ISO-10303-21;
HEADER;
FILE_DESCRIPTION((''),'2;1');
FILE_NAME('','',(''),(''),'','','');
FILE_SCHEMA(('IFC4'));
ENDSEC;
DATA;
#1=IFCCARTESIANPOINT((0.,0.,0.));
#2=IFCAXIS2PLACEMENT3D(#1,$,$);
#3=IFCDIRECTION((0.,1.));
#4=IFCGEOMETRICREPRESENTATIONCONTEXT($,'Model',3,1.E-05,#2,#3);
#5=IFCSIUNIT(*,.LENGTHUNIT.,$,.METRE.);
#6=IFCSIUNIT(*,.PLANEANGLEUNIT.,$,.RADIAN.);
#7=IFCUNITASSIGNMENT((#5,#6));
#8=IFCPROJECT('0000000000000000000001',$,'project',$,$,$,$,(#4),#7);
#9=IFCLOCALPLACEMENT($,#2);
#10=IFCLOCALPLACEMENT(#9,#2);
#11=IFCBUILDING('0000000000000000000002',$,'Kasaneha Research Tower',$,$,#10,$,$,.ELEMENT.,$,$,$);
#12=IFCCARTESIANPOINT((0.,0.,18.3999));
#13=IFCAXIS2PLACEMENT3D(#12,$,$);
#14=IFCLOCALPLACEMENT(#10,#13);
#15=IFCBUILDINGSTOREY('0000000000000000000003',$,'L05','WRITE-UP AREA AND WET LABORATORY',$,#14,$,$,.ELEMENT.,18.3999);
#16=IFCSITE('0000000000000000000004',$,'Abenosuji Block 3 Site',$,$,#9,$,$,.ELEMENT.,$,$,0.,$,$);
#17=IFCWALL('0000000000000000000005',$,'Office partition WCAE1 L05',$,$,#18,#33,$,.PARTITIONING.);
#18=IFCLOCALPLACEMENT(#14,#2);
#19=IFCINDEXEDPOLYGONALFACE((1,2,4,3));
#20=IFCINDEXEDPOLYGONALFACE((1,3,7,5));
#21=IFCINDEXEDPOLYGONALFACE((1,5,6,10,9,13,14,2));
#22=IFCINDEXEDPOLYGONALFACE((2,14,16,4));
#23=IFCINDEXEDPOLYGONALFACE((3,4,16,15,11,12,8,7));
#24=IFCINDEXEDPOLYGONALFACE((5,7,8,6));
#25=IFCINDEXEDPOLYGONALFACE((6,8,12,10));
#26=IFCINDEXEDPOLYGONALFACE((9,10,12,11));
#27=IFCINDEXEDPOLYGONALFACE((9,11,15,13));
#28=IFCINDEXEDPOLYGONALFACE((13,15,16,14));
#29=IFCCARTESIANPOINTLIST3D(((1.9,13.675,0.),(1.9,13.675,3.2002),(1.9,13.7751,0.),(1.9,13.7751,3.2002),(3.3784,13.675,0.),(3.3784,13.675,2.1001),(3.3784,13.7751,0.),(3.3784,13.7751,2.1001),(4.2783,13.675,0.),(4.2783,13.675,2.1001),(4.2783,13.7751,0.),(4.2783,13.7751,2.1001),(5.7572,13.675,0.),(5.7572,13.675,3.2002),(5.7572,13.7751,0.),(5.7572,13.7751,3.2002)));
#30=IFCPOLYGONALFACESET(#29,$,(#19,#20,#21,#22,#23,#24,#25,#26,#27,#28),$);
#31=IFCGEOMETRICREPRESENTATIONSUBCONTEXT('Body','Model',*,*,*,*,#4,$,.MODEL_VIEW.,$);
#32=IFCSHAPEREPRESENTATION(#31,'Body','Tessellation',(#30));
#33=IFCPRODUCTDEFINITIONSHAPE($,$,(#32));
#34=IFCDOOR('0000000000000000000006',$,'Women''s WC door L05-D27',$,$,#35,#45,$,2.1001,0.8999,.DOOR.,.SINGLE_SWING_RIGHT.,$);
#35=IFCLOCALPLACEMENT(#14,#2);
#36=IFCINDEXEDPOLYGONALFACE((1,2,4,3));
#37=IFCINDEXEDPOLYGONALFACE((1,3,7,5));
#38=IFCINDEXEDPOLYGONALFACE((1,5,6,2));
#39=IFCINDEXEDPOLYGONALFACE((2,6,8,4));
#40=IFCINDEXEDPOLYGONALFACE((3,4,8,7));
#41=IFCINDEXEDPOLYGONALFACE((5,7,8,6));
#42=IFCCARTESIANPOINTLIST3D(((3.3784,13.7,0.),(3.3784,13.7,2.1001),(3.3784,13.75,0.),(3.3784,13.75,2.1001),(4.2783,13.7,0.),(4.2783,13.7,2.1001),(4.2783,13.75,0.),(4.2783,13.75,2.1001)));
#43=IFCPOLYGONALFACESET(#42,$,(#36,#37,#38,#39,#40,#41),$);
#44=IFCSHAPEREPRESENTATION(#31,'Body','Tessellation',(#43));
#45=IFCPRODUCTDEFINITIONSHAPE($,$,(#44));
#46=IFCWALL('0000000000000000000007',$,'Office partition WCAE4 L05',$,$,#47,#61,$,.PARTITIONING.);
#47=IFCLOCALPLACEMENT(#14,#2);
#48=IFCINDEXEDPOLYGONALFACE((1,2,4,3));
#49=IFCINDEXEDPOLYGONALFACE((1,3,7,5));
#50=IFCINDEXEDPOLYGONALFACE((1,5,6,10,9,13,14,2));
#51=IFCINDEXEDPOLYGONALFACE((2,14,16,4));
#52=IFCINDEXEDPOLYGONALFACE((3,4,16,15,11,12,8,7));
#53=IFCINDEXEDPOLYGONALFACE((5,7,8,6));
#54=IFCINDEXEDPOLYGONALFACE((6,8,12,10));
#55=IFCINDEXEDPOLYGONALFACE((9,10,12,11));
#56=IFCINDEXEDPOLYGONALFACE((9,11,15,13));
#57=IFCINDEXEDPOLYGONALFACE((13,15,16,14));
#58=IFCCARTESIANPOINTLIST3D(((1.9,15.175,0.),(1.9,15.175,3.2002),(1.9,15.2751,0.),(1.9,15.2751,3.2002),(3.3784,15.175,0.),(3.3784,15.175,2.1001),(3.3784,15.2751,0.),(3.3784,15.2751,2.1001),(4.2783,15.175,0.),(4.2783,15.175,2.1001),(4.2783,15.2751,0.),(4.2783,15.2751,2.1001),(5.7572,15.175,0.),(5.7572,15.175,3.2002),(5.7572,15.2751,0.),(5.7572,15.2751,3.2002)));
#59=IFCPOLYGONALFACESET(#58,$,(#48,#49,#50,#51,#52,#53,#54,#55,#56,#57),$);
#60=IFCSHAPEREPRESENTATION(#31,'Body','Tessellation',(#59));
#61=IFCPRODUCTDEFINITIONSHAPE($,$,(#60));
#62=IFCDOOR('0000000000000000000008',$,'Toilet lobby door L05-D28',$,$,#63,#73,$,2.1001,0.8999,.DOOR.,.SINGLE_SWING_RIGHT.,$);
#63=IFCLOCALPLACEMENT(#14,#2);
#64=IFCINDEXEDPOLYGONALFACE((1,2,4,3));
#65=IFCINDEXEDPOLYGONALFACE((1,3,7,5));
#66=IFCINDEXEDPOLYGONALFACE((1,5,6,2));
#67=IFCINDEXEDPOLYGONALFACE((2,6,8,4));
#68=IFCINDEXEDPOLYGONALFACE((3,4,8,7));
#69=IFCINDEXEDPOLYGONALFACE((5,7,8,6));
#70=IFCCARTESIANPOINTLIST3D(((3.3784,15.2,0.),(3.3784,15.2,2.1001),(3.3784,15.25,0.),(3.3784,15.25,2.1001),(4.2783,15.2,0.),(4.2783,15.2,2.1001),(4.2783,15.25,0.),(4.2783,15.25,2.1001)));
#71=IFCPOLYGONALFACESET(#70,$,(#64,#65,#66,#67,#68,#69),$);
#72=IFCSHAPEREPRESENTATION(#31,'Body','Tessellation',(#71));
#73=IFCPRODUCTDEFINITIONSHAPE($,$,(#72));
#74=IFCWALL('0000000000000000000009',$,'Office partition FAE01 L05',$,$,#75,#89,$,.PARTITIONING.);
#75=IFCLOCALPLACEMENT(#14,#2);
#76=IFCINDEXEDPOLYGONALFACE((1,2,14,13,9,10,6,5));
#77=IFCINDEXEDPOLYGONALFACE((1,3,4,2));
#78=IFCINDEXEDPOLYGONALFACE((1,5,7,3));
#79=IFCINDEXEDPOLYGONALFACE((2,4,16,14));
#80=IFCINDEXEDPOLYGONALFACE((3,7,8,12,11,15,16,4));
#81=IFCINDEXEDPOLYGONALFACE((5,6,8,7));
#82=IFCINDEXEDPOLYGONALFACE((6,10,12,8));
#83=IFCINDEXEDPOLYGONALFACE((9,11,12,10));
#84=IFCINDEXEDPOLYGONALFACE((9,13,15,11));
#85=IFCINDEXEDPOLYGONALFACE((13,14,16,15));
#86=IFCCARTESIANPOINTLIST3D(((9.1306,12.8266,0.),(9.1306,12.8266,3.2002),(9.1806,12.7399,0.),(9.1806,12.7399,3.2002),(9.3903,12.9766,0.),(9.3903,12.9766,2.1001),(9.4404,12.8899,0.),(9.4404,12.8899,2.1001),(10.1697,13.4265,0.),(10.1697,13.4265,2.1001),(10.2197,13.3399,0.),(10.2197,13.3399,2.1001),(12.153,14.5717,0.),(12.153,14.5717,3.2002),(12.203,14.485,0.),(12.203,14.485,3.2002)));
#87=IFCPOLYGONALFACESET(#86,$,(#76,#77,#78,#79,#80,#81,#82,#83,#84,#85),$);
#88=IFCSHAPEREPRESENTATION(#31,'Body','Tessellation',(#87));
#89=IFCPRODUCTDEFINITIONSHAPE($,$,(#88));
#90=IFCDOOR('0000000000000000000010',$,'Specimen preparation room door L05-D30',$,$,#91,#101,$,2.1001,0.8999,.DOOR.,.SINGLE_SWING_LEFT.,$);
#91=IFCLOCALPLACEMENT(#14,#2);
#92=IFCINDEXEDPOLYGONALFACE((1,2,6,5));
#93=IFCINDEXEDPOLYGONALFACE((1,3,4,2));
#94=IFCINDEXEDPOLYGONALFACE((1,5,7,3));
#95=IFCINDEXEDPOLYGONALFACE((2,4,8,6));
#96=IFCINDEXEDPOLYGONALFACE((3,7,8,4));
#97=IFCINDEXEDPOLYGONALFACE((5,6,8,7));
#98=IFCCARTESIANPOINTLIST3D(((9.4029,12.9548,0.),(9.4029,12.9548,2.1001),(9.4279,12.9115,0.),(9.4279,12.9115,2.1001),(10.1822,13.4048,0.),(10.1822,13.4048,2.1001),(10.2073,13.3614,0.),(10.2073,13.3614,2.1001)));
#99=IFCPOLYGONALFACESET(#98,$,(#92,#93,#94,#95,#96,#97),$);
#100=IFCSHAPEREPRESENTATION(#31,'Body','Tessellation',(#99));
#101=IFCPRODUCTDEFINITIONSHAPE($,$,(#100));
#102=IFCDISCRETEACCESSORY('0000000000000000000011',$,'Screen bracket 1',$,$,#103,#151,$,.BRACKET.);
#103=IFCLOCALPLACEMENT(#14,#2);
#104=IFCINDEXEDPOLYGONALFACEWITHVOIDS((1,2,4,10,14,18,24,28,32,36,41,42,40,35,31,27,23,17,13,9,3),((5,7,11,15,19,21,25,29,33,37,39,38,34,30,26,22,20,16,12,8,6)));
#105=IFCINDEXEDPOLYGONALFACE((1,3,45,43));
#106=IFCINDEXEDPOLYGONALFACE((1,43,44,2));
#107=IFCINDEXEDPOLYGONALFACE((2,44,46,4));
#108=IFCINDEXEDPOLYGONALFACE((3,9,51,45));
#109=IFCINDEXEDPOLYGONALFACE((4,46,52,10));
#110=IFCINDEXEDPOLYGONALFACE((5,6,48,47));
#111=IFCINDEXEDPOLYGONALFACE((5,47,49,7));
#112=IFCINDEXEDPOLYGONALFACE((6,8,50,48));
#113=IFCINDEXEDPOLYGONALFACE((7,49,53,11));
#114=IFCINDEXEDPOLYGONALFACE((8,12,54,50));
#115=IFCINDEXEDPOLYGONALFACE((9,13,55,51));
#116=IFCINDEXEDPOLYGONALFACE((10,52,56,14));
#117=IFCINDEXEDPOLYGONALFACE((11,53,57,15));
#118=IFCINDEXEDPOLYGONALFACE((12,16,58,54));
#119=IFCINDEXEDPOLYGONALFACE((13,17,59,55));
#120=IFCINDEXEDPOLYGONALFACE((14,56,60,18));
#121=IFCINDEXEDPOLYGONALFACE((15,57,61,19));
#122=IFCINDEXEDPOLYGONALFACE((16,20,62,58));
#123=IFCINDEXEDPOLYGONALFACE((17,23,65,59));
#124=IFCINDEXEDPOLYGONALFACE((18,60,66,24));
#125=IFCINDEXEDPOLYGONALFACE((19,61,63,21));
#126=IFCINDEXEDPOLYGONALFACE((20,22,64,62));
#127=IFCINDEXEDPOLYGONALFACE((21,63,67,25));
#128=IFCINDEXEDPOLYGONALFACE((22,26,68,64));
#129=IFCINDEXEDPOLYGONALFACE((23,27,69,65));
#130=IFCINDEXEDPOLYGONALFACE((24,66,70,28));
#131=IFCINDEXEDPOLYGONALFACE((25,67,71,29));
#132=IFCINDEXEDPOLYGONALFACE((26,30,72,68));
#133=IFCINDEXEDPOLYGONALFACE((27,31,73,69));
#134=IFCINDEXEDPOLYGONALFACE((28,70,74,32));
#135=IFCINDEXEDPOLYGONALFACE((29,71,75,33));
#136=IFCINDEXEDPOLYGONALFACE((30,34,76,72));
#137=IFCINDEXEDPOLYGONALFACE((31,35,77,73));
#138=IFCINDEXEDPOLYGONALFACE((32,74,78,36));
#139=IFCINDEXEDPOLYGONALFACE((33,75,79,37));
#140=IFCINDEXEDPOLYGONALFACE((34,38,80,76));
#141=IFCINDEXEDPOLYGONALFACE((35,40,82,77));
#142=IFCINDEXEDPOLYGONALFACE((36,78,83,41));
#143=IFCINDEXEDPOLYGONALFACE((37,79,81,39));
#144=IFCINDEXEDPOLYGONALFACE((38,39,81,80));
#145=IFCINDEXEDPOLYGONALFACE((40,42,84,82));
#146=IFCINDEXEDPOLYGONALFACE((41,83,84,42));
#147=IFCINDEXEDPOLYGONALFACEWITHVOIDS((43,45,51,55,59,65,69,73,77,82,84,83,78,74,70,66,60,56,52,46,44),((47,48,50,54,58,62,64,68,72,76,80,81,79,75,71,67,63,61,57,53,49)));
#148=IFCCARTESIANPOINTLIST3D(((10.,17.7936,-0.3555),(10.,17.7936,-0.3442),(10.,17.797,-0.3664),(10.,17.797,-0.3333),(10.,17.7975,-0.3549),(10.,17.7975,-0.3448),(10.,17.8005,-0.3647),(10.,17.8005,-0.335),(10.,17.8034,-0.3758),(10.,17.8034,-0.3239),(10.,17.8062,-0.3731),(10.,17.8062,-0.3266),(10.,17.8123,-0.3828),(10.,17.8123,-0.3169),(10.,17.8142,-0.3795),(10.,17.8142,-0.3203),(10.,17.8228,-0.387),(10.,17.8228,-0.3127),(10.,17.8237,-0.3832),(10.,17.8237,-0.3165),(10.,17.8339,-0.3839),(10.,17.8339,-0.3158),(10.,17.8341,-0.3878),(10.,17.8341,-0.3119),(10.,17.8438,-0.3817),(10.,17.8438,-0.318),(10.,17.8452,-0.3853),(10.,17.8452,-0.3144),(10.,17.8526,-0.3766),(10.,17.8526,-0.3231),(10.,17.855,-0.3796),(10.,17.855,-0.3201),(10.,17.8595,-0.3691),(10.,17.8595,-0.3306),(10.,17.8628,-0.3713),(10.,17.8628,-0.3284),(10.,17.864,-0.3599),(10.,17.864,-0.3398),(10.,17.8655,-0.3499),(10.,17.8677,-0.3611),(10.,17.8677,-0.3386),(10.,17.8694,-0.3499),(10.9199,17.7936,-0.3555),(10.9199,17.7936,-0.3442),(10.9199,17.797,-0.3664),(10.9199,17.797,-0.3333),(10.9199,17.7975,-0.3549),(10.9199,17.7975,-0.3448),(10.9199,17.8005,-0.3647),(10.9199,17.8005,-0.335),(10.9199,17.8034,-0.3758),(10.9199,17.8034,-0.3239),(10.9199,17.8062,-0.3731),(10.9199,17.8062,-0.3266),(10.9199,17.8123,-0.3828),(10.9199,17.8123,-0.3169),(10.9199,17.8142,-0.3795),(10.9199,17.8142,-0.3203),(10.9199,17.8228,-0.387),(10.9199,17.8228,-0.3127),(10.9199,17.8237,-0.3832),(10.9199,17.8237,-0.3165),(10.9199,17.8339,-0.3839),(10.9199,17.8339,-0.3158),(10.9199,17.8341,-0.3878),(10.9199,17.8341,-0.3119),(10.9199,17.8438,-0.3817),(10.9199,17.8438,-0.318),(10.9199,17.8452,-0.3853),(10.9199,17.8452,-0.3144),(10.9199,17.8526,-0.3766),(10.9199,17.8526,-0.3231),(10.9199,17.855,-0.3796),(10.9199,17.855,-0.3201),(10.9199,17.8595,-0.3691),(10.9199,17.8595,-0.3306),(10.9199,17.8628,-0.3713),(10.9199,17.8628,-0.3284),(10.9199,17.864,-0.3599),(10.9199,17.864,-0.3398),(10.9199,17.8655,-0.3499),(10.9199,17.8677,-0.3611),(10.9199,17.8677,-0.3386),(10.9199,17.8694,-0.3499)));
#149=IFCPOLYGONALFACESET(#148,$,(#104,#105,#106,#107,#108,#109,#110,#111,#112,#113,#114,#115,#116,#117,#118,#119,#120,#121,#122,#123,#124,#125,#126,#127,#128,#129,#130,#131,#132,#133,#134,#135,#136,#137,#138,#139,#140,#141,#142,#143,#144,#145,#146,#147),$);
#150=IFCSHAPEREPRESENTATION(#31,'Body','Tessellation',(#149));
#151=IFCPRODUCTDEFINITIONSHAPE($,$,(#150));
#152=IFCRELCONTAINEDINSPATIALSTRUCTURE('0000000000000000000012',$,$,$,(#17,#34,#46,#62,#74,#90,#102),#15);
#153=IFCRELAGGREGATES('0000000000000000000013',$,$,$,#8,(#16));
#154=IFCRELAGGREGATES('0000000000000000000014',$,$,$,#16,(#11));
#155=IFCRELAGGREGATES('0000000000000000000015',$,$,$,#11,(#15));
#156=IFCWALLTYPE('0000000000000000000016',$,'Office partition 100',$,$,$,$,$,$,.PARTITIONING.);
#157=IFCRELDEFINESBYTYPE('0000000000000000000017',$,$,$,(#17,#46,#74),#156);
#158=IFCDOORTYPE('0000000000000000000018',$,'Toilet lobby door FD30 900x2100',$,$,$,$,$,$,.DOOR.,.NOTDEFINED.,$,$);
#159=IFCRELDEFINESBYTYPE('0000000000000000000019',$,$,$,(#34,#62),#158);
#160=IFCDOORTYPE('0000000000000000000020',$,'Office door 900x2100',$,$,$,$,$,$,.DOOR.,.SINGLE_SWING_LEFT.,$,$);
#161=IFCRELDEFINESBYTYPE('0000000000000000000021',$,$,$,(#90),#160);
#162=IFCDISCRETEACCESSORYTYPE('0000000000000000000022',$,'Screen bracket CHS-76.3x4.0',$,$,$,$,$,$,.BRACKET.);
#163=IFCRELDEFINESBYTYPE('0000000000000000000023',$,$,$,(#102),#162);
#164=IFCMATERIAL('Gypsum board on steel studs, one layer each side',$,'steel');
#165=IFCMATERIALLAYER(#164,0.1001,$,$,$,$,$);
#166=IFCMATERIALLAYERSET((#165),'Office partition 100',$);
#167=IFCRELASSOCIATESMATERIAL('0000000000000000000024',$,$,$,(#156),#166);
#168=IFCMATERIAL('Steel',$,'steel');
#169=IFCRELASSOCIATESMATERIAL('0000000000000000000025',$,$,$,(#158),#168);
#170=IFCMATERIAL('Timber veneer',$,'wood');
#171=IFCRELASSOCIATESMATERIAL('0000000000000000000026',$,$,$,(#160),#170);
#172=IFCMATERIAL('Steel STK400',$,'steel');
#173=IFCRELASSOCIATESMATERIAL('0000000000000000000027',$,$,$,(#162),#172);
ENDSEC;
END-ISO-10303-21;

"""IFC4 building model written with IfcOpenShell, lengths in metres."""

from ifc_helpers import new_model, si_unit, direction, frame, frame_2d, origin, origin_2d, place, context, subcontext, project, spatial, rectangle, hollow_circle, extrude, material, layer, layer_set, material_profile, profile_set, type_object, element, fill, save


model = new_model("IFC4")

# Units and contexts
model_context = context("Model", 3, precision=1e-05, world=origin(), true_north=direction((0.0, 1.0)))
body_context = subcontext(model_context, "Body", "Model", "MODEL_VIEW")
ifc_project = project(units=[si_unit("LENGTHUNIT", "METRE"), si_unit("PLANEANGLEUNIT", "RADIAN")], contexts=[model_context])

# Site, building, storey
site_placement = place(None, origin())
site = spatial("IfcSite", under=ifc_project, at=site_placement, Name="Abenosuji Block 3 Site", CompositionType="ELEMENT", RefElevation=0.0)
building_placement = place(site_placement, origin())
building = spatial("IfcBuilding", under=site, at=building_placement, Name="Kasaneha Research Tower", CompositionType="ELEMENT")
storey_placement = place(building_placement, frame((0.0, 0.0, 18.3999)))
storey = spatial("IfcBuildingStorey", under=building, at=storey_placement, Name="L05", Description="WRITE-UP AREA AND WET LABORATORY", CompositionType="ELEMENT", Elevation=18.3999)

# Walls, openings, doors
ifc_material_1 = material(Name="Gypsum board on steel studs, one layer each side", Category="steel")
ifc_layer_1 = layer(ifc_material_1, 0.1001)
ifc_layer_set_1 = layer_set([ifc_layer_1], Name="Office partition 100")
wall_type_1 = type_object("IfcWallType", Name="Office partition 100", PredefinedType="PARTITIONING", material=ifc_layer_set_1)
wall_1_placement = place(storey_placement, frame((1.8999, 13.7251, 0.0), z_axis=(0.0, 0.0, 1.0), x_axis=(1.0, 0.0, 0.0)))
wall_1 = element("IfcWall", 1, at=wall_1_placement, inside=storey, type_object=wall_type_1, Name="Office partition WCAE1 L05", PredefinedType="PARTITIONING", context=body_context, shape_type="SweptSolid", body=[
    extrude(rectangle(XDim=3.8572, YDim=0.1001, at=frame_2d((1.9287, 0.0))), origin(), (0.0, 0.0, 1.0), 3.2002),
])
opening_1_placement = place(wall_1_placement, frame((1.4785, 0.0, 0.0)))
opening_1 = element("IfcOpeningElement", 2, at=opening_1_placement, cuts=wall_1, PredefinedType="OPENING", context=body_context, shape_type="SweptSolid", body=[
    extrude(rectangle(XDim=0.8999, YDim=2.1001, at=frame_2d((0.45, 1.05))), frame((0.0, 0.0601, 0.0), z_axis=(0.0, -1.0, 0.0), x_axis=(1.0, 0.0, 0.0)), (0.0, 0.0, 1.0), 0.1201),
])
ifc_material_2 = material(Name="Steel", Category="steel")
door_type_1 = type_object("IfcDoorType", Name="Toilet lobby door FD30 900x2100", OperationType="NOTDEFINED", PredefinedType="DOOR", material=ifc_material_2)
door_1_placement = place(opening_1_placement, origin())
door_1 = element("IfcDoor", 3, at=door_1_placement, inside=storey, type_object=door_type_1, Name="Women's WC door L05-D27", OperationType="SINGLE_SWING_RIGHT", OverallHeight=2.1001, OverallWidth=0.8999, PredefinedType="DOOR", context=body_context, shape_type="SweptSolid", body=[
    extrude(rectangle(XDim=0.8999, YDim=2.1001, at=frame_2d((0.45, 1.05))), frame((0.0, 0.0249, 0.0), z_axis=(0.0, -1.0, 0.0), x_axis=(1.0, 0.0, 0.0)), (0.0, 0.0, 1.0), 0.05),
])
fill(opening_1, door_1)
wall_2_placement = place(storey_placement, frame((1.8999, 15.2251, 0.0), z_axis=(0.0, 0.0, 1.0), x_axis=(1.0, 0.0, 0.0)))
wall_2 = element("IfcWall", 4, at=wall_2_placement, inside=storey, type_object=wall_type_1, Name="Office partition WCAE4 L05", PredefinedType="PARTITIONING", context=body_context, shape_type="SweptSolid", body=[
    extrude(rectangle(XDim=3.8572, YDim=0.1001, at=frame_2d((1.9287, 0.0))), origin(), (0.0, 0.0, 1.0), 3.2002),
])
opening_2_placement = place(wall_2_placement, frame((1.4785, 0.0, 0.0)))
opening_2 = element("IfcOpeningElement", 5, at=opening_2_placement, cuts=wall_2, PredefinedType="OPENING", context=body_context, shape_type="SweptSolid", body=[
    extrude(rectangle(XDim=0.8999, YDim=2.1001, at=frame_2d((0.45, 1.05))), frame((0.0, 0.0601, 0.0), z_axis=(0.0, -1.0, 0.0), x_axis=(1.0, 0.0, 0.0)), (0.0, 0.0, 1.0), 0.1201),
])
door_2_placement = place(opening_2_placement, origin())
door_2 = element("IfcDoor", 6, at=door_2_placement, inside=storey, type_object=door_type_1, Name="Toilet lobby door L05-D28", OperationType="SINGLE_SWING_RIGHT", OverallHeight=2.1001, OverallWidth=0.8999, PredefinedType="DOOR", context=body_context, shape_type="SweptSolid", body=[
    extrude(rectangle(XDim=0.8999, YDim=2.1001, at=frame_2d((0.45, 1.05))), frame((0.0, 0.0249, 0.0), z_axis=(0.0, -1.0, 0.0), x_axis=(1.0, 0.0, 0.0)), (0.0, 0.0, 1.0), 0.05),
])
fill(opening_2, door_2)
wall_3_placement = place(storey_placement, frame((9.1555, 12.7832, 0.0), z_axis=(0.0, 0.0, 1.0), x_axis=(0.866013, 0.500021, 0.0)))
wall_3 = element("IfcWall", 7, at=wall_3_placement, inside=storey, type_object=wall_type_1, Name="Office partition FAE01 L05", PredefinedType="PARTITIONING", context=body_context, shape_type="SweptSolid", body=[
    extrude(rectangle(XDim=3.49, YDim=0.1001, at=frame_2d((1.7451, 0.0))), origin(), (0.0, 0.0, 1.0), 3.2002),
])
opening_3_placement = place(wall_3_placement, frame((0.3, 0.0, 0.0)))
opening_3 = element("IfcOpeningElement", 8, at=opening_3_placement, cuts=wall_3, PredefinedType="OPENING", context=body_context, shape_type="SweptSolid", body=[
    extrude(rectangle(XDim=0.8999, YDim=2.1001, at=frame_2d((0.45, 1.05))), frame((0.0, 0.0601, 0.0), z_axis=(0.0, -1.0, 0.0), x_axis=(1.0, 0.0, 0.0)), (0.0, 0.0, 1.0), 0.1201),
])
ifc_material_3 = material(Name="Timber veneer", Category="wood")
door_type_2 = type_object("IfcDoorType", Name="Office door 900x2100", OperationType="SINGLE_SWING_LEFT", PredefinedType="DOOR", material=ifc_material_3)
door_3_placement = place(opening_3_placement, origin())
door_3 = element("IfcDoor", 9, at=door_3_placement, inside=storey, type_object=door_type_2, Name="Specimen preparation room door L05-D30", OperationType="SINGLE_SWING_LEFT", OverallHeight=2.1001, OverallWidth=0.8999, PredefinedType="DOOR", context=body_context, shape_type="SweptSolid", body=[
    extrude(rectangle(XDim=0.8999, YDim=2.1001, at=frame_2d((0.45, 1.05))), frame((0.0, 0.0249, 0.0), z_axis=(0.0, -1.0, 0.0), x_axis=(1.0, 0.0, 0.0)), (0.0, 0.0, 1.0), 0.05),
])
fill(opening_3, door_3)

# Discrete accessory
ifc_material_4 = material(Name="Steel STK400", Category="steel")
ifc_material_profile_1 = material_profile(ifc_material_4, hollow_circle(Radius=0.0381, WallThickness=0.0039, at=origin_2d()), Name="CHS-76.3x4.0")
ifc_profile_set_1 = profile_set([ifc_material_profile_1], Name="Steel STK400")
discrete_accessory_type = type_object("IfcDiscreteAccessoryType", Name="Screen bracket CHS-76.3x4.0", PredefinedType="BRACKET", material=ifc_profile_set_1)
for number, where, z_axis, x_axis, name in (
    (10, (10.0, 17.8313, -0.3499), (1.0, 0.0, 0.0), (0.0, 1.0, 0.0), "Screen bracket 1"),
):
    element("IfcDiscreteAccessory", number, at=place(storey_placement, frame(where, z_axis=z_axis, x_axis=x_axis)), inside=storey, type_object=discrete_accessory_type, Name=name, PredefinedType="BRACKET", context=body_context, shape_type="SweptSolid", body=[
        extrude(hollow_circle(Radius=0.0381, WallThickness=0.0039, at=origin_2d()), origin(), (0.0, 0.0, 1.0), 0.9199),
    ])

save(model, "model.ifc")
